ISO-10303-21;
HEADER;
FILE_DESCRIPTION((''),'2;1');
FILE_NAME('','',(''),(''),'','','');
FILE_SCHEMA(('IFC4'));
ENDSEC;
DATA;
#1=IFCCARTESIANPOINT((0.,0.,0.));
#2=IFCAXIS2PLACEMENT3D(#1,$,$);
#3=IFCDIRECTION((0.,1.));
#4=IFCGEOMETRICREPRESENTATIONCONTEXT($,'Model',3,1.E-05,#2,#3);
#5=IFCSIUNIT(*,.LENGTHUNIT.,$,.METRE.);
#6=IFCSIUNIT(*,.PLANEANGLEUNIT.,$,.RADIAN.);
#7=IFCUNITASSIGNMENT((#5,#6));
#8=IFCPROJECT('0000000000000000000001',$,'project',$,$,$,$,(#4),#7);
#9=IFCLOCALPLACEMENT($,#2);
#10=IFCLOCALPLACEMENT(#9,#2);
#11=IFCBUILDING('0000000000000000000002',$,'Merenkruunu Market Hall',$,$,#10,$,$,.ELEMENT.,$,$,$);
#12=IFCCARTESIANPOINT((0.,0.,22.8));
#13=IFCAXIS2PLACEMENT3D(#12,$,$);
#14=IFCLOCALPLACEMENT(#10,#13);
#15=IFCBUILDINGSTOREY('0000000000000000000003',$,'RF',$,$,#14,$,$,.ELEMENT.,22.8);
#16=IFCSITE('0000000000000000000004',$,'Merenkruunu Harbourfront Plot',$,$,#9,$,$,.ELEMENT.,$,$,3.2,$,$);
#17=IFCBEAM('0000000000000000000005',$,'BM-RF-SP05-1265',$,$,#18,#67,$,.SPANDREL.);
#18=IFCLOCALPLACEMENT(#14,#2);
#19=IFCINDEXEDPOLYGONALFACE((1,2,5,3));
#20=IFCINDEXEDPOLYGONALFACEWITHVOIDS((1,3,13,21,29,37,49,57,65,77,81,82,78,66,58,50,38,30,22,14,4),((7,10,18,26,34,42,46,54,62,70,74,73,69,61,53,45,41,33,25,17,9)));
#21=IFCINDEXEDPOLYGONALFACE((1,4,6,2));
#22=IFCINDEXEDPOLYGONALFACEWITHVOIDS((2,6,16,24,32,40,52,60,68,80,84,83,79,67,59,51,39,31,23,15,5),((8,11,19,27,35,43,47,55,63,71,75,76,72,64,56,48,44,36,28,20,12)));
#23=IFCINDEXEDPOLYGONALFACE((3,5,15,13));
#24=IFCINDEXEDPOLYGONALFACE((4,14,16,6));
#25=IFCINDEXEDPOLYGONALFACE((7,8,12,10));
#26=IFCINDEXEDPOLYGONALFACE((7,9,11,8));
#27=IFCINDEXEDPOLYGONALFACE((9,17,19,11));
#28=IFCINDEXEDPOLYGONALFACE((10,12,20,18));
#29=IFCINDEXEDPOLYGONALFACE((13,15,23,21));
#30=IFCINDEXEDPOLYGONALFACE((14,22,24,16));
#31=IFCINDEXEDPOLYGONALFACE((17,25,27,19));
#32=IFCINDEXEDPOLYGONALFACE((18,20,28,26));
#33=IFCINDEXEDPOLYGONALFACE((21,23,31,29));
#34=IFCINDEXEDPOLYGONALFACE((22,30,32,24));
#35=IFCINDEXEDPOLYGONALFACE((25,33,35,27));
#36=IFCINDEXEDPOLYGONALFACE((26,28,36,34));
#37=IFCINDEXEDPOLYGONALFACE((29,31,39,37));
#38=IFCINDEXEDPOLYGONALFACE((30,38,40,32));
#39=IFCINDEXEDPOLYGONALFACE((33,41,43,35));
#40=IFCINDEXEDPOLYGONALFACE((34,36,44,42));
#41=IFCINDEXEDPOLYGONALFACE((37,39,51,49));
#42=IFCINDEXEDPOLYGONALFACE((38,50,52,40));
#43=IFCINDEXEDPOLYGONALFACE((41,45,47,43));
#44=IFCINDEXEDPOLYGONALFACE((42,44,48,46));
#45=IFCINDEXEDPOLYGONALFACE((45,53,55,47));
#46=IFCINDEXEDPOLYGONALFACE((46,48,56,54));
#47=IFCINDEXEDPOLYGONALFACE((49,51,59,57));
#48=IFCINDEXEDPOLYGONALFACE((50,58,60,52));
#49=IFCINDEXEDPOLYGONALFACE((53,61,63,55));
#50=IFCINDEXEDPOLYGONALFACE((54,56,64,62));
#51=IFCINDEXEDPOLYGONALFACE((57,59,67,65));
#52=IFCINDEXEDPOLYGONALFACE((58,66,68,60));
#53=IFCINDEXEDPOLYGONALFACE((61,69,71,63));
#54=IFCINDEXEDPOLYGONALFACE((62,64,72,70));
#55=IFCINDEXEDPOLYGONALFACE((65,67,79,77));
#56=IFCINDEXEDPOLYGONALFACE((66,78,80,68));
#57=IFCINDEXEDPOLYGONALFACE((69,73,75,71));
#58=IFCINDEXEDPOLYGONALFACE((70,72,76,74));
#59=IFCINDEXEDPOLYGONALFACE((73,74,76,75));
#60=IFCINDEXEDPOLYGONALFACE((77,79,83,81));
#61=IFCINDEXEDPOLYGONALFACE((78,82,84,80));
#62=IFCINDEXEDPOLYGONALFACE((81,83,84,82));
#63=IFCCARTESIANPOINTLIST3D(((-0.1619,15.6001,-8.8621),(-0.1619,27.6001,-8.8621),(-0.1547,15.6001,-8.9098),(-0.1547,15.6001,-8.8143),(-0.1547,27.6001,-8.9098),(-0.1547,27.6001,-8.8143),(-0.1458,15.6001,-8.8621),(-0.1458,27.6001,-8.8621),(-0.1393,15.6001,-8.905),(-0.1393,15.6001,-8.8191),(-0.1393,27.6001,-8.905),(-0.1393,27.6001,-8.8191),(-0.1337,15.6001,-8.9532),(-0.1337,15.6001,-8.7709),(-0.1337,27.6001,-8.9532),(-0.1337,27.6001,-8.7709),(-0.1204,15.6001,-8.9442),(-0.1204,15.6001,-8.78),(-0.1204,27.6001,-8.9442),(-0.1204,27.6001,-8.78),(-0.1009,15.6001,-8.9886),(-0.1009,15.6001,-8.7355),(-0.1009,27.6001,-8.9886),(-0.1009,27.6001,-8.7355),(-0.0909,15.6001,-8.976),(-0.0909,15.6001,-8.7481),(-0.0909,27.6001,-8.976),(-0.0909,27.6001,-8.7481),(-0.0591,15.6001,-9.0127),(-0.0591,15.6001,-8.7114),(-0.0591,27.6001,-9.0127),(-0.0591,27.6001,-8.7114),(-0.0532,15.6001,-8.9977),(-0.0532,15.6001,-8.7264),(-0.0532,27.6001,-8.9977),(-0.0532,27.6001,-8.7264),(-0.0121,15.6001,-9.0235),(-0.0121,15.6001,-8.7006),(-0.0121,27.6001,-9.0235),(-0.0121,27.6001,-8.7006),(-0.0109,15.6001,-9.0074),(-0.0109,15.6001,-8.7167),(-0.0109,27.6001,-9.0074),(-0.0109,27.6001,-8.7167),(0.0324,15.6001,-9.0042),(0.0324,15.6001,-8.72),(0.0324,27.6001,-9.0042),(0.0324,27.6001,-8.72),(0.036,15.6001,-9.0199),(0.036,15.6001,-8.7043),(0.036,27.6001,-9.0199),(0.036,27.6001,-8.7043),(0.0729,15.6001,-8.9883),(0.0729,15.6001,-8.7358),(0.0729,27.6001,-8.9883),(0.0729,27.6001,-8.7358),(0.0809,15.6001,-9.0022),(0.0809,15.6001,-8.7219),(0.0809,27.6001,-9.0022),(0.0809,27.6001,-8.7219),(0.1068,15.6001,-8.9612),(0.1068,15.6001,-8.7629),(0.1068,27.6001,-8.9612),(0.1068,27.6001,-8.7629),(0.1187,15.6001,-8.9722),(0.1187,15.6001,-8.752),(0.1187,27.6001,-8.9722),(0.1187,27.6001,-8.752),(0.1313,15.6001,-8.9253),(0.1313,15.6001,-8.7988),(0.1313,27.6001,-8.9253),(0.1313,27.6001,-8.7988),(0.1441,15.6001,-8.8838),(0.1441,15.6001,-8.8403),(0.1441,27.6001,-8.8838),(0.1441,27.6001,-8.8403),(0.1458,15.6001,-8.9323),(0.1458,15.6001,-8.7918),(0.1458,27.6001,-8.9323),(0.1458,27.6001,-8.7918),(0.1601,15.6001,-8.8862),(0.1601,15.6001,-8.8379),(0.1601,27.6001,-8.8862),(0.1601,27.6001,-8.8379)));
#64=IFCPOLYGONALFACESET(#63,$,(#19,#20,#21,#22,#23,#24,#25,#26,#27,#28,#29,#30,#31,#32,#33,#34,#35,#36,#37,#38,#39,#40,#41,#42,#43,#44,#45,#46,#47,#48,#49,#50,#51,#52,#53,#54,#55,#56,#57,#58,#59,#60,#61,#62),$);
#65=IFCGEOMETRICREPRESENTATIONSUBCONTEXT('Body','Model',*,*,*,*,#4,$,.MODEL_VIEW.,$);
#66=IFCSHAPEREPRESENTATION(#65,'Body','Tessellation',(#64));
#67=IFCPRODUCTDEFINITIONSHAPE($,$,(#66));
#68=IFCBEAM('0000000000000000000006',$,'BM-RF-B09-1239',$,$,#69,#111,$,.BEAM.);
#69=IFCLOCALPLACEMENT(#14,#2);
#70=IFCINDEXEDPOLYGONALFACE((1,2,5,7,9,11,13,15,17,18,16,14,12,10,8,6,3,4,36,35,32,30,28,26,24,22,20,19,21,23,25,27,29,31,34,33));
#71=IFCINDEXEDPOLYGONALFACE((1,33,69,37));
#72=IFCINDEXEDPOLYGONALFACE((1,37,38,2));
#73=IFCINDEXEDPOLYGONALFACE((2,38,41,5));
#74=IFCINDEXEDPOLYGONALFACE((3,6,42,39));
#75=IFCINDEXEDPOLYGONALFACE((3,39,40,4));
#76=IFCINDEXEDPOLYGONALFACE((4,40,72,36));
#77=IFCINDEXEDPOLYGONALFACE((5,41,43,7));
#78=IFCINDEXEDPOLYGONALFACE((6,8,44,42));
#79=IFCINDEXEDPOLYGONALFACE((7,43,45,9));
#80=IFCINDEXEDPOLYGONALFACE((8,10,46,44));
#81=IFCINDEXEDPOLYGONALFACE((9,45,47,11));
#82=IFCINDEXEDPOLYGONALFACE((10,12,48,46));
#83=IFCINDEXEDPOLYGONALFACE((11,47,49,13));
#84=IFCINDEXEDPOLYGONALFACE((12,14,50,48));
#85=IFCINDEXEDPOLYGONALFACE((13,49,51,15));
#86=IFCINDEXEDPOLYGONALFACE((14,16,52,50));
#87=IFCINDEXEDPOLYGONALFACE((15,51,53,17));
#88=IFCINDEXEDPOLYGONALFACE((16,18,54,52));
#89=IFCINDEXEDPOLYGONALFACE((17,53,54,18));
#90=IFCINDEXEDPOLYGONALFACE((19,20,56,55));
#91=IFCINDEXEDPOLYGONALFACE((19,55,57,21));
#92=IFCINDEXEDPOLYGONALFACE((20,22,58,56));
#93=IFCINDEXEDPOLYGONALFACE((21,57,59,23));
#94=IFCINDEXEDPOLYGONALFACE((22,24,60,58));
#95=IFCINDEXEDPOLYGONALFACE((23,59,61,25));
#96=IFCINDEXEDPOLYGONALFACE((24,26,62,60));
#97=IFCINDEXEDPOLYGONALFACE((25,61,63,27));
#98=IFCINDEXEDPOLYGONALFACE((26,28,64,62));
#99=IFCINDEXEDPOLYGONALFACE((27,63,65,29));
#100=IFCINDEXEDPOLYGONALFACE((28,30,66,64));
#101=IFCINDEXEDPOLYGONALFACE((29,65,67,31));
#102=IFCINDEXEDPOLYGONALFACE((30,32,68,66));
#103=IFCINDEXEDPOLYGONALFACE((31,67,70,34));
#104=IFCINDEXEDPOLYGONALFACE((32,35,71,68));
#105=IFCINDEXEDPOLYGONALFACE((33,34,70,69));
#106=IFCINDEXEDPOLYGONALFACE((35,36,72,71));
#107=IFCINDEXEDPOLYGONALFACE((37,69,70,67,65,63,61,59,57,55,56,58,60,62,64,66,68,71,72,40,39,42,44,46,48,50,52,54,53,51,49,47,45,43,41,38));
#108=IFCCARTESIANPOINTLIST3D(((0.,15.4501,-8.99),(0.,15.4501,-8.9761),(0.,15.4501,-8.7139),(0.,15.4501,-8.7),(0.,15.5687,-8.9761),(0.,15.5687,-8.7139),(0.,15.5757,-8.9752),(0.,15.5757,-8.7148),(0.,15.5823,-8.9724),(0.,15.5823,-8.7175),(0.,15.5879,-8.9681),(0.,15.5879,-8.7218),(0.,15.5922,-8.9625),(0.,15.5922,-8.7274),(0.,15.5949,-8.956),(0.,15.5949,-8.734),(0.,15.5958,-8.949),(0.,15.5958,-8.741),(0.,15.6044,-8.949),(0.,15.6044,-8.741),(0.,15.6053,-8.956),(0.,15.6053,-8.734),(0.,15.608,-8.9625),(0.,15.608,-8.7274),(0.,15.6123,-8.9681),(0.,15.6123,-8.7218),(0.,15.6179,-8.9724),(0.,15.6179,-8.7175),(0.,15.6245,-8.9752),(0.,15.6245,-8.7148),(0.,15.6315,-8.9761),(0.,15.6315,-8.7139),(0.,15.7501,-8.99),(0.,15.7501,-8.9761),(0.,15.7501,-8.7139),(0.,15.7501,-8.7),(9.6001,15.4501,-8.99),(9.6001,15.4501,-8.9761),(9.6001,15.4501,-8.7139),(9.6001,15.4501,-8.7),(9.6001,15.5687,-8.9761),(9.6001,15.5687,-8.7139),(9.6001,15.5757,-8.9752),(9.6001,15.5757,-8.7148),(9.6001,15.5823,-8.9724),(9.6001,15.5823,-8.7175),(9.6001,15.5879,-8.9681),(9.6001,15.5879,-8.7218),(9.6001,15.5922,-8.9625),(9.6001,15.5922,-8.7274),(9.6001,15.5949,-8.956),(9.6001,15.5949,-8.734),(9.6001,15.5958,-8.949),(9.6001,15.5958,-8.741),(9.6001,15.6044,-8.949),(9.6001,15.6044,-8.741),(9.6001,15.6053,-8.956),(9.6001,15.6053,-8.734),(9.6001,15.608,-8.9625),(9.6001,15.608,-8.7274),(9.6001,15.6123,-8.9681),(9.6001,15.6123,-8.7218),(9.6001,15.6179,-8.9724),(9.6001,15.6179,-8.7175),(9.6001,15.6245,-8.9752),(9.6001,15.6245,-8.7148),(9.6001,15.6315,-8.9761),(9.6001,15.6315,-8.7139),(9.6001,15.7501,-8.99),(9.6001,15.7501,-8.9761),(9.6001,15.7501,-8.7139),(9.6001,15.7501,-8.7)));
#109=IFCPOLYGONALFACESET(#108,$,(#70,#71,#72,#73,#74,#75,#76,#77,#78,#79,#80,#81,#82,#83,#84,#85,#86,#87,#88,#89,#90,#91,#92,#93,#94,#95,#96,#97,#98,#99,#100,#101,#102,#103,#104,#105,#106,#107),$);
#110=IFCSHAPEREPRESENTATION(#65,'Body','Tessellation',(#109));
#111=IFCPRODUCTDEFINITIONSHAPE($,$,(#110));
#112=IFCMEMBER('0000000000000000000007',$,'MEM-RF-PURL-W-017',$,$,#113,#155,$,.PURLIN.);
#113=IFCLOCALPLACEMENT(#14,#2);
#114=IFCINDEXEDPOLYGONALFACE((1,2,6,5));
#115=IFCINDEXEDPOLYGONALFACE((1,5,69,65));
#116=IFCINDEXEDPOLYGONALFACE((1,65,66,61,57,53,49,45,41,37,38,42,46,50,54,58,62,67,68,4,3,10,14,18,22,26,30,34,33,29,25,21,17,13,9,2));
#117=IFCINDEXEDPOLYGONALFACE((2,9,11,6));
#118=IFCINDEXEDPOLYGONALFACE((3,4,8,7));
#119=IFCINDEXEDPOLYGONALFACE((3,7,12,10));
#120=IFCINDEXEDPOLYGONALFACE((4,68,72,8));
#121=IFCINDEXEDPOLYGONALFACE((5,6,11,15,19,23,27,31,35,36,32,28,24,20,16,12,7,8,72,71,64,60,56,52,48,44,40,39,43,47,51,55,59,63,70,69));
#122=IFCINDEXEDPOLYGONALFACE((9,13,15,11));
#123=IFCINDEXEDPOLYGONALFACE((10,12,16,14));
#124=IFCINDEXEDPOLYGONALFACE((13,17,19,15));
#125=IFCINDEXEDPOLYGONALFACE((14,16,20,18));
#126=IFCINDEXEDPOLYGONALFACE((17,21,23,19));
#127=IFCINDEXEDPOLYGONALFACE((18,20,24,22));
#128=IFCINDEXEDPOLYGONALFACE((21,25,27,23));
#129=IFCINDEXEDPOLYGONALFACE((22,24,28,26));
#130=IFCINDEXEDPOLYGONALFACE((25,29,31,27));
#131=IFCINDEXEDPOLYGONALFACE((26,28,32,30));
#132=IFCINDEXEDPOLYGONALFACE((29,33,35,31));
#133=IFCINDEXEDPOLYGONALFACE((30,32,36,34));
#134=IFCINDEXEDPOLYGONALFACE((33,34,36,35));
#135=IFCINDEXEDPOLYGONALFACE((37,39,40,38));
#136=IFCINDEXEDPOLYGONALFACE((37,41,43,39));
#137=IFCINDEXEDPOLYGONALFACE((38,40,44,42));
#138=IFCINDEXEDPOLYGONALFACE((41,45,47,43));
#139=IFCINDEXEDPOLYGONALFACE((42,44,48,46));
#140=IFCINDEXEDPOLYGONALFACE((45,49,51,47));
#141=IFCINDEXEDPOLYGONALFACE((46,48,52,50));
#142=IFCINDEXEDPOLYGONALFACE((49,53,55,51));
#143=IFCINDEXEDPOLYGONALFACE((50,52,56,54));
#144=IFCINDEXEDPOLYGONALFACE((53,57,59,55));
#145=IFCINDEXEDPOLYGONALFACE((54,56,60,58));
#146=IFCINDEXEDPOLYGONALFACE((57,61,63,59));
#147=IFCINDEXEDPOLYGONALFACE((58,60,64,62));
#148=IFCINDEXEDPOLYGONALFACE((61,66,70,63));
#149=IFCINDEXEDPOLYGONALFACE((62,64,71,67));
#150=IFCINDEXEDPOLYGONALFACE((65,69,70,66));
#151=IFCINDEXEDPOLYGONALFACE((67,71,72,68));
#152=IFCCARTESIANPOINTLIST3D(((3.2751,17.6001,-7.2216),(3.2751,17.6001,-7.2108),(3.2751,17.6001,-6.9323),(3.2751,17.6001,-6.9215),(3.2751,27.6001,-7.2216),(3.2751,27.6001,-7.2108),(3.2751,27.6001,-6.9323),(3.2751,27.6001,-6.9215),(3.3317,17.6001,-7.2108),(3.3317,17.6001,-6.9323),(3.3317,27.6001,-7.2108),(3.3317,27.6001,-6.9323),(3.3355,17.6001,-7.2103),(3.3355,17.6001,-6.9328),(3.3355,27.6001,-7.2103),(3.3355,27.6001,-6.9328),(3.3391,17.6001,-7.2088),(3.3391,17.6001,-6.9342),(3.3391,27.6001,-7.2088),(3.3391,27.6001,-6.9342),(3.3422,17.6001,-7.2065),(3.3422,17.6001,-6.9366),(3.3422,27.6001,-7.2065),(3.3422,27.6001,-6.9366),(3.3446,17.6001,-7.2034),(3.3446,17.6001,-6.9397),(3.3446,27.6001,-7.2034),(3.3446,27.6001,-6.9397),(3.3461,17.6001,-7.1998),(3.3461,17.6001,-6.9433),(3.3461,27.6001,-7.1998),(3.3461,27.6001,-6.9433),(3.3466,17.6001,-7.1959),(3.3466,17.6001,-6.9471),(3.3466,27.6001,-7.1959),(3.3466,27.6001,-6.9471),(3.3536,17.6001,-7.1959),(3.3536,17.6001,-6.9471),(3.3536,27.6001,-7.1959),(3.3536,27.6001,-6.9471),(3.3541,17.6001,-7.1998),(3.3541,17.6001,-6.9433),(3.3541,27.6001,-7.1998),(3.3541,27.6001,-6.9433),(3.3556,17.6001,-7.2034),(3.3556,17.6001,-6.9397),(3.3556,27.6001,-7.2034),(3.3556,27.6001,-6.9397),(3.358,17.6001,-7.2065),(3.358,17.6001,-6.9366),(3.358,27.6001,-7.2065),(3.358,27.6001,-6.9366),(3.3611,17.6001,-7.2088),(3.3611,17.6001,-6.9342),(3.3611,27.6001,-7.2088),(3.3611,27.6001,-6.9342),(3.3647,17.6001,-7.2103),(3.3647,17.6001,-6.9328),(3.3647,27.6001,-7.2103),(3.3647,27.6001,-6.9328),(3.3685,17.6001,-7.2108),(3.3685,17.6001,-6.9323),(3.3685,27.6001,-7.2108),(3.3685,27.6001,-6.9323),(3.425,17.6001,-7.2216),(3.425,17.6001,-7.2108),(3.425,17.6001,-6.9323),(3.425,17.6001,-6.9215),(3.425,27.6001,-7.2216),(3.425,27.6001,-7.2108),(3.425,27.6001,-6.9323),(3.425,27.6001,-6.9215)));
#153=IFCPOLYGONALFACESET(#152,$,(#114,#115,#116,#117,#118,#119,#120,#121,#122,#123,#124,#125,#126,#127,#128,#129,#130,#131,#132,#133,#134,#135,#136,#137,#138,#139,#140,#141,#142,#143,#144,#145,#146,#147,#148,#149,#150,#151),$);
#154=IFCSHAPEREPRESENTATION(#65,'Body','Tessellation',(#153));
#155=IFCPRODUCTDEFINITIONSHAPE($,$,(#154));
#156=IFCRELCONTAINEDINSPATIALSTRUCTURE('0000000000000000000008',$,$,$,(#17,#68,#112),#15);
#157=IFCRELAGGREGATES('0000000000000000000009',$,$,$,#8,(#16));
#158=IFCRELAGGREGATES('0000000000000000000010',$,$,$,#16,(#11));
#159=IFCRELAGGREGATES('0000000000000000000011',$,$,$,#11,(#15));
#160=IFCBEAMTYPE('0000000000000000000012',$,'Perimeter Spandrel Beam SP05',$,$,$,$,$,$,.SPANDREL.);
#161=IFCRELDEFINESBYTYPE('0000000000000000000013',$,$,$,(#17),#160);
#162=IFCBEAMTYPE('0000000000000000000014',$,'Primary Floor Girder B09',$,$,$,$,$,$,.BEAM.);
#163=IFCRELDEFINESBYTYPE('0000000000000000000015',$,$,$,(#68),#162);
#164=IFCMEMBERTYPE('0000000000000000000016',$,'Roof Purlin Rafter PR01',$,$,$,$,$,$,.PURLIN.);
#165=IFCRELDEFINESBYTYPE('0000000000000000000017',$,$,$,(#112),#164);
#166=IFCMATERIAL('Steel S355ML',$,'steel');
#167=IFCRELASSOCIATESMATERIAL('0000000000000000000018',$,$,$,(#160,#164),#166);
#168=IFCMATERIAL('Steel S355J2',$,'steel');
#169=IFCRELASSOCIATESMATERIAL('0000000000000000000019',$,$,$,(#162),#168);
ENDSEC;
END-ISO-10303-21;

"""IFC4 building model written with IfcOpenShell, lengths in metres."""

from ifc_helpers import new_model, si_unit, direction, frame, origin, origin_2d, place, context, subcontext, project, spatial, hollow_circle, i_section, extrude, material, material_profile, profile_set, type_object, element, save


model = new_model("IFC4")

# Units and contexts
model_context = context("Model", 3, precision=1e-05, world=origin(), true_north=direction((0.0, 1.0)))
body_context = subcontext(model_context, "Body", "Model", "MODEL_VIEW")
ifc_project = project(units=[si_unit("LENGTHUNIT", "METRE"), si_unit("PLANEANGLEUNIT", "RADIAN")], contexts=[model_context])

# Site, building, storey
site_placement = place(None, origin())
site = spatial("IfcSite", under=ifc_project, at=site_placement, Name="Merenkruunu Harbourfront Plot", CompositionType="ELEMENT", RefElevation=3.2)
building_placement = place(site_placement, origin())
building = spatial("IfcBuilding", under=site, at=building_placement, Name="Merenkruunu Market Hall", CompositionType="ELEMENT")
storey_placement = place(building_placement, frame((0.0, 0.0, 22.8)))
storey = spatial("IfcBuildingStorey", under=building, at=storey_placement, Name="RF", CompositionType="ELEMENT", Elevation=22.8)

# Shared definitions
ifc_material_1 = material(Name="Steel S355ML", Category="steel")

# Shared definitions
ifc_material_2 = material(Name="Steel S355J2", Category="steel")

# Beams
ifc_material_profile_1 = material_profile(ifc_material_1, hollow_circle(Radius=0.1619, WallThickness=0.0161, at=origin_2d()), Name="CHS 323.9x16")
ifc_profile_set_1 = profile_set([ifc_material_profile_1], Name="Steel S355ML")
beam_type_1 = type_object("IfcBeamType", Name="Perimeter Spandrel Beam SP05", PredefinedType="SPANDREL", material=ifc_profile_set_1)
beam_1_placement = place(storey_placement, frame((0.0, 15.6001, -8.8621), z_axis=(0.0, 1.0, 0.0), x_axis=(-1.0, 0.0, 0.0)))
element("IfcBeam", 1, at=beam_1_placement, inside=storey, type_object=beam_type_1, Name="BM-RF-SP05-1265", PredefinedType="SPANDREL", context=body_context, shape_type="SweptSolid", body=[
    extrude(hollow_circle(Radius=0.1619, WallThickness=0.0161, at=origin_2d()), origin(), (0.0, 0.0, 1.0), 12.0),
])
ifc_material_profile_2 = material_profile(ifc_material_2, i_section(OverallWidth=0.3, OverallDepth=0.29, WebThickness=0.0085, FlangeThickness=0.0139, FilletRadius=0.0271, at=origin_2d()), Name="HEA 300")
ifc_profile_set_2 = profile_set([ifc_material_profile_2], Name="Steel S355J2")
beam_type_2 = type_object("IfcBeamType", Name="Primary Floor Girder B09", PredefinedType="BEAM", material=ifc_profile_set_2)
beam_2_placement = place(storey_placement, frame((0.0, 15.6001, -8.845), z_axis=(1.0, 0.0, 0.0), x_axis=(0.0, 1.0, 0.0)))
element("IfcBeam", 2, at=beam_2_placement, inside=storey, type_object=beam_type_2, Name="BM-RF-B09-1239", PredefinedType="BEAM", context=body_context, shape_type="SweptSolid", body=[
    extrude(i_section(OverallWidth=0.3, OverallDepth=0.29, WebThickness=0.0085, FlangeThickness=0.0139, FilletRadius=0.0271, at=origin_2d()), origin(), (0.0, 0.0, 1.0), 9.6001),
])

# Member
ifc_material_profile_3 = material_profile(ifc_material_1, i_section(OverallWidth=0.1499, OverallDepth=0.3, WebThickness=0.0071, FlangeThickness=0.0107, FilletRadius=0.0149, at=origin_2d()), Name="IPE 300")
ifc_profile_set_3 = profile_set([ifc_material_profile_3], Name="Steel S355ML")
member_type_1 = type_object("IfcMemberType", Name="Roof Purlin Rafter PR01", PredefinedType="PURLIN", material=ifc_profile_set_3)
member_1_placement = place(storey_placement, frame((3.3501, 17.6001, -7.0715), z_axis=(0.0, 1.0, 0.0), x_axis=(-1.0, 0.0, 0.0)))
element("IfcMember", 3, at=member_1_placement, inside=storey, type_object=member_type_1, Name="MEM-RF-PURL-W-017", PredefinedType="PURLIN", context=body_context, shape_type="SweptSolid", body=[
    extrude(i_section(OverallWidth=0.1499, OverallDepth=0.3, WebThickness=0.0071, FlangeThickness=0.0107, FilletRadius=0.0149, at=origin_2d()), origin(), (0.0, 0.0, 1.0), 10.0),
])

save(model, "model.ifc")
